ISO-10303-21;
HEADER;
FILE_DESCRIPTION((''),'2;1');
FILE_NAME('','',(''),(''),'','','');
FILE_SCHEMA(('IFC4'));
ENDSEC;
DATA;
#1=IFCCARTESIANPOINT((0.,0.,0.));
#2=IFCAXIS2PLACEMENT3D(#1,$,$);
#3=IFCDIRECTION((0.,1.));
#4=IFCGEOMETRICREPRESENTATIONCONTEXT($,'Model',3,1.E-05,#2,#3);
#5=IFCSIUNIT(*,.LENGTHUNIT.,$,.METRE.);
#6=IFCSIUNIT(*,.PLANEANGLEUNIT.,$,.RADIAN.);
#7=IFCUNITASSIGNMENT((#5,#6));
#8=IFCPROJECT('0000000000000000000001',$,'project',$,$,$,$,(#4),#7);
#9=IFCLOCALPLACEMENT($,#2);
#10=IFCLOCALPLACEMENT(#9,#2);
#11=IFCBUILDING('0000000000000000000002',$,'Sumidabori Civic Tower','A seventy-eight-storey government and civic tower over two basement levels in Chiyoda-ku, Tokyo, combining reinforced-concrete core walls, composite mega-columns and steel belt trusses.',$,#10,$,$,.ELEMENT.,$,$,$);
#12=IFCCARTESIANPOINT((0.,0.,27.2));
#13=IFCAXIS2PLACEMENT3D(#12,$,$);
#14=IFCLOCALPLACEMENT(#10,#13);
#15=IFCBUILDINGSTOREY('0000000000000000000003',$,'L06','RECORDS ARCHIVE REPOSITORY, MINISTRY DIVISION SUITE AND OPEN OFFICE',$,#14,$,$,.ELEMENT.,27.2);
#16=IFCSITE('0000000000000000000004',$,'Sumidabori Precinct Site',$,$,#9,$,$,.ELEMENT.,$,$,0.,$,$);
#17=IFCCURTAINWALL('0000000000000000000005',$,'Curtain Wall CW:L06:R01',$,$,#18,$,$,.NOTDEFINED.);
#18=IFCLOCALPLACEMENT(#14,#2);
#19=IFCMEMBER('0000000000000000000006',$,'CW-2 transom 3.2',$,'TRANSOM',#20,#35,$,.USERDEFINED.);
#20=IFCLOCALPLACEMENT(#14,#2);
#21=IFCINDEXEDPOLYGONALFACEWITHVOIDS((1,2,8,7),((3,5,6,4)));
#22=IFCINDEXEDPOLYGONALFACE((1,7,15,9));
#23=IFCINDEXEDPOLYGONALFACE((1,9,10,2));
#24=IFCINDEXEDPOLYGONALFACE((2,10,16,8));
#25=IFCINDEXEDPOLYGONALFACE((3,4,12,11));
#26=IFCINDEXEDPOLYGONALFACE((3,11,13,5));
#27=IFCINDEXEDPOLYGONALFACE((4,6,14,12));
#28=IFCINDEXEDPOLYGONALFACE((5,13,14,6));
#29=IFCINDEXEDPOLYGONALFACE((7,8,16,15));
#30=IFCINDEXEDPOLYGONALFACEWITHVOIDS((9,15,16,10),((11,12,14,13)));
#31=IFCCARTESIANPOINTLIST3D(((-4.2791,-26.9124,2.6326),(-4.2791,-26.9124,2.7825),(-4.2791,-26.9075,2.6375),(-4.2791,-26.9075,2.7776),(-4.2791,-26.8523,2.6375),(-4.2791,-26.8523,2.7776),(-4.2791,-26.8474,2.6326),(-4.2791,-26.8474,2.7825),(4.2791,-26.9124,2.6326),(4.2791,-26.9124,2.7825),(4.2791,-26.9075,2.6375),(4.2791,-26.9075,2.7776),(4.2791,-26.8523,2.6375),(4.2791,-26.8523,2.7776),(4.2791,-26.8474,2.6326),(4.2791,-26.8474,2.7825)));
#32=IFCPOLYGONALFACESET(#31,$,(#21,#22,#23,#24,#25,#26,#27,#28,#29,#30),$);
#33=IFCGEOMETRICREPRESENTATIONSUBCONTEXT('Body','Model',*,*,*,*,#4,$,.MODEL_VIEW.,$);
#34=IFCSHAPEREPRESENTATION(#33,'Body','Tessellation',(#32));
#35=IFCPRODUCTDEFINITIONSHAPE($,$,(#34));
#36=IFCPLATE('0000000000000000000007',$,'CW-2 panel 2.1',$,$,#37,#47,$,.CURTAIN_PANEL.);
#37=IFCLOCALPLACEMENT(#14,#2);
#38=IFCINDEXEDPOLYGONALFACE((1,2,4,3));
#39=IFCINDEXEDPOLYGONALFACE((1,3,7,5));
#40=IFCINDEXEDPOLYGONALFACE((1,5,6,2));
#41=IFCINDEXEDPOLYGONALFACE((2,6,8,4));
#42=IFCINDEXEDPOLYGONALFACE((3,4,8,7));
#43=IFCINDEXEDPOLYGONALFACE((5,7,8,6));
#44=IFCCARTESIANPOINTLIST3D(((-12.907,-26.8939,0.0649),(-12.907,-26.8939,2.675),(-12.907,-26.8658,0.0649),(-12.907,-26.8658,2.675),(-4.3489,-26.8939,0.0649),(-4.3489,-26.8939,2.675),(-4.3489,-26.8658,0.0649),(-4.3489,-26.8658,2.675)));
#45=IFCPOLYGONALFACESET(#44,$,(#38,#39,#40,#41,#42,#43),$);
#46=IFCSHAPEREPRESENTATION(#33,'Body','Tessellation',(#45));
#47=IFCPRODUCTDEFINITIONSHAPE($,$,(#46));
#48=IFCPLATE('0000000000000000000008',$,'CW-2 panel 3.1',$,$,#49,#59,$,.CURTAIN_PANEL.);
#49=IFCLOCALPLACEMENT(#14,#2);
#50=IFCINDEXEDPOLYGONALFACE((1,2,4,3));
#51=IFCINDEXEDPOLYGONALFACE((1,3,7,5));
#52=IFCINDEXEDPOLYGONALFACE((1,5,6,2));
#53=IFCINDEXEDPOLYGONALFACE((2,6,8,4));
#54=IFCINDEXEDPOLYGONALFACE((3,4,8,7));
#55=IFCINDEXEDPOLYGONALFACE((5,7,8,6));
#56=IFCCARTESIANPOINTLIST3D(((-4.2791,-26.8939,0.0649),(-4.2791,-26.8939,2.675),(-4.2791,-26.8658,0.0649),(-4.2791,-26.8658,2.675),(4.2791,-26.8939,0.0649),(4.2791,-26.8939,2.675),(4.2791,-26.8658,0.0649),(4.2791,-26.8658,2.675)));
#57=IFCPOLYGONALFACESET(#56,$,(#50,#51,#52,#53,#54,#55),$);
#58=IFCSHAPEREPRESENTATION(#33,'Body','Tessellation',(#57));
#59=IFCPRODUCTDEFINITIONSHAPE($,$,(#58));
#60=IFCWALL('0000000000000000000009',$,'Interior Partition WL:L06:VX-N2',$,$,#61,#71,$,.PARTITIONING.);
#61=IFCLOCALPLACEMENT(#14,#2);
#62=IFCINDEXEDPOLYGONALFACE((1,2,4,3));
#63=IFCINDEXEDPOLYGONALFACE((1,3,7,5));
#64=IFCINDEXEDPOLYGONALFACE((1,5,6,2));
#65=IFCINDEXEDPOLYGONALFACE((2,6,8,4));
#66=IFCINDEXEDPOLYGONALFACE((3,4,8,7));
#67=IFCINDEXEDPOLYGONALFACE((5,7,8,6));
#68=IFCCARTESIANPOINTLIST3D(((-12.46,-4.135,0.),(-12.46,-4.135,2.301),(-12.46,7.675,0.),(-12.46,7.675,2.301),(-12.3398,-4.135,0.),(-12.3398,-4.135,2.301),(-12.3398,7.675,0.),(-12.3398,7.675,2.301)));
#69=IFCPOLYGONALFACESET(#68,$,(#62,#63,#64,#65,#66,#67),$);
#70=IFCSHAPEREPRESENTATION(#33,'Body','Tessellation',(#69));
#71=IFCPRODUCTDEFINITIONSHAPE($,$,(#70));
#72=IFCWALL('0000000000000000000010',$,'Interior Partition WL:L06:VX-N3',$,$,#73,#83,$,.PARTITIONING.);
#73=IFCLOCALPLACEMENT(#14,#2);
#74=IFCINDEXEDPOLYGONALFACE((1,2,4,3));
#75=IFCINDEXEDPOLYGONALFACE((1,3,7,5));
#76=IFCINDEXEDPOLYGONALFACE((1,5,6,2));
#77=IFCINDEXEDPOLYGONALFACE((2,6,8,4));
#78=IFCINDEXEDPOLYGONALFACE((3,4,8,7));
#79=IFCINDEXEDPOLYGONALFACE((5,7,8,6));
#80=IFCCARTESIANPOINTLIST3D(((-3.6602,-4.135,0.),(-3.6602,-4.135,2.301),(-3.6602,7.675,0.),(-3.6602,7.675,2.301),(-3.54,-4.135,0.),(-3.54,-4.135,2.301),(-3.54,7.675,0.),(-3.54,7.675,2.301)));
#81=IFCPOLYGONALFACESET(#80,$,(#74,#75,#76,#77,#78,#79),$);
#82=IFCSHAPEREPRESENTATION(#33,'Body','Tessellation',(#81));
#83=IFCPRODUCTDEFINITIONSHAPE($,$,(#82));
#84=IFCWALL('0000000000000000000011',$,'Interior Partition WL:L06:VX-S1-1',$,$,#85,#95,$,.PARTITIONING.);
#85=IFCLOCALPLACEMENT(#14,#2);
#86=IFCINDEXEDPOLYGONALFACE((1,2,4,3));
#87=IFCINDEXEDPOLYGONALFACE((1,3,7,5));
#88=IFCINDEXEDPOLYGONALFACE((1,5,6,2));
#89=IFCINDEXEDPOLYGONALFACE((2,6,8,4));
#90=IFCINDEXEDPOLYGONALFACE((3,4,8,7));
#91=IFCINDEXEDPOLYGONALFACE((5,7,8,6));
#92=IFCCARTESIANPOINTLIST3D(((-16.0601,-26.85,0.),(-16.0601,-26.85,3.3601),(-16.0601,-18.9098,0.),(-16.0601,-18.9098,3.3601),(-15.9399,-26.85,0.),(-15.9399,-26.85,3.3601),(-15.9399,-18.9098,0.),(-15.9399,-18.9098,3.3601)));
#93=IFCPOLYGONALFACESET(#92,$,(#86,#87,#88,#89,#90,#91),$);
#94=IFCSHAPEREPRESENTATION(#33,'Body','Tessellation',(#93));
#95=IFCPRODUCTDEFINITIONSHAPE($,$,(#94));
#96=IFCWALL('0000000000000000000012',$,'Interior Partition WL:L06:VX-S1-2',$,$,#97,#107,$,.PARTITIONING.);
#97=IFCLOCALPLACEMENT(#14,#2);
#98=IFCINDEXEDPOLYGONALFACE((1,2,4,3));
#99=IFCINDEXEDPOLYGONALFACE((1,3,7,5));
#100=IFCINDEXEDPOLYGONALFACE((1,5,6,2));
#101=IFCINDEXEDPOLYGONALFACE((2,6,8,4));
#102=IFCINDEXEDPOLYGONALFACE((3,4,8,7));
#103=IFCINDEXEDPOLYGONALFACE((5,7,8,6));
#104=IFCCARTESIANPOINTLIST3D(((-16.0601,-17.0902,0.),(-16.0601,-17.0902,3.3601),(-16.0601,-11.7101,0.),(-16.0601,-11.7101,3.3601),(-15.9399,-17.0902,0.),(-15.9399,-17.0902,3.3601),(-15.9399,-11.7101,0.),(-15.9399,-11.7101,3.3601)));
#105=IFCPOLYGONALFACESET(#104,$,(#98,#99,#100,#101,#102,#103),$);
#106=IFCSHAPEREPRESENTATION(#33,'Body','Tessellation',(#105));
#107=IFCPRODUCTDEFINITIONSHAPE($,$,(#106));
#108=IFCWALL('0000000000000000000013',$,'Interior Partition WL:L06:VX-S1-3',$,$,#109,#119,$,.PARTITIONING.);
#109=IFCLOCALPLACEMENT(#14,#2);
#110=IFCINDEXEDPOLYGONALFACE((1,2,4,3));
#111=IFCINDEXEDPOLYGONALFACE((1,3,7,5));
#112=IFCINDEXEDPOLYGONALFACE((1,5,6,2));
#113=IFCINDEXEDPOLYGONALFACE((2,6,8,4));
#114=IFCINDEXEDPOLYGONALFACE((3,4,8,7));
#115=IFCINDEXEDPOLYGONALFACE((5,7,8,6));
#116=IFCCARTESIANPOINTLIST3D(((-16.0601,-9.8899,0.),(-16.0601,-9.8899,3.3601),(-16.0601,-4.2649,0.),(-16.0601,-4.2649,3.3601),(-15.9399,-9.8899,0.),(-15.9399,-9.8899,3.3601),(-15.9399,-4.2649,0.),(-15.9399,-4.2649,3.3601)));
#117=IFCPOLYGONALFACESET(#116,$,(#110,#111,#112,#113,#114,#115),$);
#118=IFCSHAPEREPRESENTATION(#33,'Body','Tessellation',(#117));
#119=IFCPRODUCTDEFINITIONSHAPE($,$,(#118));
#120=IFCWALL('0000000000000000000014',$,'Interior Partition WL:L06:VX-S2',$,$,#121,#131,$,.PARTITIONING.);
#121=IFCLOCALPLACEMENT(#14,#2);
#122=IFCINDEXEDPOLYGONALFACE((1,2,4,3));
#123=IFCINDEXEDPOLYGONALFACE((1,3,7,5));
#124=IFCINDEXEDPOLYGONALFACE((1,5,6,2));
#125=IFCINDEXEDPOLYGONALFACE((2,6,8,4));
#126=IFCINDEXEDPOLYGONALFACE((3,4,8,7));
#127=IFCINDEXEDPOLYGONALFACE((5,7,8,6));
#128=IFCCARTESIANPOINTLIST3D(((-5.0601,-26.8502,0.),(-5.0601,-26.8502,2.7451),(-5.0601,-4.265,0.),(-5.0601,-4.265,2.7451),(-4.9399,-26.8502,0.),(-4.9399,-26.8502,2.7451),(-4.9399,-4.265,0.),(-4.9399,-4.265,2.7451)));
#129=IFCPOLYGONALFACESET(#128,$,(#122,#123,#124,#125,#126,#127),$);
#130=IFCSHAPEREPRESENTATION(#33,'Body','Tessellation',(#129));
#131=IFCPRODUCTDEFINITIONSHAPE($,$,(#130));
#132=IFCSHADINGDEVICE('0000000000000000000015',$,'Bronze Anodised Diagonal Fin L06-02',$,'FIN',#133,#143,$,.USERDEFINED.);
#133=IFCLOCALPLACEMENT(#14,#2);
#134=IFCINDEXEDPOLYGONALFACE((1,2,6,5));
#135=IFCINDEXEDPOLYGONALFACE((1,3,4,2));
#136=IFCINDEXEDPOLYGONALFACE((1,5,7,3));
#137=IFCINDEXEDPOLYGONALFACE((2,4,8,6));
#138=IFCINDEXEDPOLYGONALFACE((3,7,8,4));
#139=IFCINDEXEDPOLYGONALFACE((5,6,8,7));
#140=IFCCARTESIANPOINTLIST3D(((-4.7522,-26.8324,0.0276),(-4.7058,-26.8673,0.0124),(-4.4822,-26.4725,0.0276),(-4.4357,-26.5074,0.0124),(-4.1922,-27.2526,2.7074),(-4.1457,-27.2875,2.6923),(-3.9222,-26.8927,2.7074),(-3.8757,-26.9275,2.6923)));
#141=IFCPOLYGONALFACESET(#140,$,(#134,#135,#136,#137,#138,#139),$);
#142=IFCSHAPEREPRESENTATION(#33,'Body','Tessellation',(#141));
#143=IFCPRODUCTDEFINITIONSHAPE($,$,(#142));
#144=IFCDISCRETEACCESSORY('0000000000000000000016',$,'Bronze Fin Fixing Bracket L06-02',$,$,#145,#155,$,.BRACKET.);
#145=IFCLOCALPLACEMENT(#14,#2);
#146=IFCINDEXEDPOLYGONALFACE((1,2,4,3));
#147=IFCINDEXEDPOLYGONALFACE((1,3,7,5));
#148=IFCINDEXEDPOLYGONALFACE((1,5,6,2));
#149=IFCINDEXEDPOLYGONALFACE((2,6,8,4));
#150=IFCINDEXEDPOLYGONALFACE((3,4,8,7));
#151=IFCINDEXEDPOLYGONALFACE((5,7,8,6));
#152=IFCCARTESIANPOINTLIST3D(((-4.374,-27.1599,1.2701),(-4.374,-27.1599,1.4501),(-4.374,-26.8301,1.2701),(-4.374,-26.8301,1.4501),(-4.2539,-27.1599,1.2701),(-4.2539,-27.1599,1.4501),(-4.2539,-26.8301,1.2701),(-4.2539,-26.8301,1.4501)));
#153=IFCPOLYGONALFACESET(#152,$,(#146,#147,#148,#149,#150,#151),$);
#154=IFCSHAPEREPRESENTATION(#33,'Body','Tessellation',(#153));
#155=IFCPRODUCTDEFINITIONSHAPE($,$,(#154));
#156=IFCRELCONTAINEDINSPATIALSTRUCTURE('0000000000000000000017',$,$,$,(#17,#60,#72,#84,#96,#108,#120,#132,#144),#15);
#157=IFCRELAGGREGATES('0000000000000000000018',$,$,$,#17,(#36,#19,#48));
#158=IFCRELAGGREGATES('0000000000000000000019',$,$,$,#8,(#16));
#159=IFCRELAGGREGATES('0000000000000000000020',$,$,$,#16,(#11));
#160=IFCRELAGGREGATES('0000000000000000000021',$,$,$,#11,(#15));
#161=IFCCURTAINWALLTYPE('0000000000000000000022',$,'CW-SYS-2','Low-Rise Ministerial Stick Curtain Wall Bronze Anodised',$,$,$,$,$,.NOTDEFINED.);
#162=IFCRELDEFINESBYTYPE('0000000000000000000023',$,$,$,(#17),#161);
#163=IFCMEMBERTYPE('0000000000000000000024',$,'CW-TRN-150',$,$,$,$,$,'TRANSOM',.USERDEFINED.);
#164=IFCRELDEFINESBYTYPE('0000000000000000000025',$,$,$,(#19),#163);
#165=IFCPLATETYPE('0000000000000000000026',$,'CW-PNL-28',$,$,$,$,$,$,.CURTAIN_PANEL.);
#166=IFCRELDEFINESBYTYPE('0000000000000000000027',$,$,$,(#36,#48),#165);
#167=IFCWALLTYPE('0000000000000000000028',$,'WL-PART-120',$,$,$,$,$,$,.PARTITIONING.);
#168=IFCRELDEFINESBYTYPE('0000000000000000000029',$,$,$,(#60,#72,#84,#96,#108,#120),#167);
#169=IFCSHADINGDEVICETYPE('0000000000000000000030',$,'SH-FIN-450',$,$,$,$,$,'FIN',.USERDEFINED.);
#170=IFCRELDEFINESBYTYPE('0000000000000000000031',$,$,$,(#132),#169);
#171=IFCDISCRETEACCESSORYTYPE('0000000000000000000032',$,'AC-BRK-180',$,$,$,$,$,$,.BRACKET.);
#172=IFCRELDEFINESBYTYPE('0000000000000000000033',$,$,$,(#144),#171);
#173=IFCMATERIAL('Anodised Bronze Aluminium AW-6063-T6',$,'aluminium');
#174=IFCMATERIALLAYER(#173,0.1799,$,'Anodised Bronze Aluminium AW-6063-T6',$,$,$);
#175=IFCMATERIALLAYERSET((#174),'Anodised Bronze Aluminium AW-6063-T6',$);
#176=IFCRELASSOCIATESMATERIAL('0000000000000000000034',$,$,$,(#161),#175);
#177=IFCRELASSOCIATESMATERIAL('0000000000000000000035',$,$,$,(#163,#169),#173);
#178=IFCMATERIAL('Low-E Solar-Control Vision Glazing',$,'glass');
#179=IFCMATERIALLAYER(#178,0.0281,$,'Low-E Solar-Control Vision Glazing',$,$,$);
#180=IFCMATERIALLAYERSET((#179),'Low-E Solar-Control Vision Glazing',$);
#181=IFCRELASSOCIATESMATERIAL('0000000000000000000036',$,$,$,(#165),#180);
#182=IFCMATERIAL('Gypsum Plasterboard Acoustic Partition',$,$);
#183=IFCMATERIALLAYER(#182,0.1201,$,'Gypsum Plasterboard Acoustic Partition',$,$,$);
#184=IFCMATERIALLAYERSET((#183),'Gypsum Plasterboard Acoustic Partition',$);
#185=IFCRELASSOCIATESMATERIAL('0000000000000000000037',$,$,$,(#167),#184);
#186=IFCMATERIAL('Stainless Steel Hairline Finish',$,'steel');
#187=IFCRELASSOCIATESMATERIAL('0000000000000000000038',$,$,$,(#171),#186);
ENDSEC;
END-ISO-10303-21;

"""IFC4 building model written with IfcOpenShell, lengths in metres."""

from ifc_helpers import new_model, si_unit, direction, frame, frame_2d, origin, origin_2d, place, context, subcontext, project, spatial, rectangle, hollow_rectangle, extrude, source, transform, mapped, material, layer, layer_set, material_profile, profile_set, type_object, element, aggregate, save


model = new_model("IFC4")

# Units and contexts
model_context = context("Model", 3, precision=1e-05, world=origin(), true_north=direction((0.0, 1.0)))
body_context = subcontext(model_context, "Body", "Model", "MODEL_VIEW")
ifc_project = project(units=[si_unit("LENGTHUNIT", "METRE"), si_unit("PLANEANGLEUNIT", "RADIAN")], contexts=[model_context])

# Site, building, storey
site_placement = place(None, origin())
site = spatial("IfcSite", under=ifc_project, at=site_placement, Name="Sumidabori Precinct Site", CompositionType="ELEMENT", RefElevation=0.0)
building_placement = place(site_placement, origin())
building = spatial("IfcBuilding", under=site, at=building_placement, Name="Sumidabori Civic Tower", Description="A seventy-eight-storey government and civic tower over two basement levels in Chiyoda-ku, Tokyo, combining reinforced-concrete core walls, composite mega-columns and steel belt trusses.", CompositionType="ELEMENT")
storey_placement = place(building_placement, frame((0.0, 0.0, 27.2)))
storey = spatial("IfcBuildingStorey", under=building, at=storey_placement, Name="L06", Description="RECORDS ARCHIVE REPOSITORY, MINISTRY DIVISION SUITE AND OPEN OFFICE", CompositionType="ELEMENT", Elevation=27.2)

# Curtain wall, member, plates
ifc_material_1 = material(Name="Anodised Bronze Aluminium AW-6063-T6", Category="aluminium")
ifc_layer_1 = layer(ifc_material_1, 0.1799, Name="Anodised Bronze Aluminium AW-6063-T6")
ifc_layer_set_1 = layer_set([ifc_layer_1], Name="Anodised Bronze Aluminium AW-6063-T6")
curtain_wall_type = type_object("IfcCurtainWallType", Name="CW-SYS-2", Description="Low-Rise Ministerial Stick Curtain Wall Bronze Anodised", PredefinedType="NOTDEFINED", material=ifc_layer_set_1)
curtain_wall_placement = place(storey_placement, origin())
curtain_wall = element("IfcCurtainWall", 1, at=curtain_wall_placement, inside=storey, type_object=curtain_wall_type, Name="Curtain Wall CW:L06:R01", PredefinedType="NOTDEFINED")
ifc_material_profile_1 = material_profile(ifc_material_1, hollow_rectangle(XDim=0.0649, YDim=0.1499, WallThickness=0.0049, at=origin_2d()), Name="ALU TRANSOM 150x65")
ifc_profile_set_1 = profile_set([ifc_material_profile_1], Name="Anodised Bronze Aluminium AW-6063-T6")
member_type_1 = type_object("IfcMemberType", Name="CW-TRN-150", ElementType="TRANSOM", PredefinedType="USERDEFINED", material=ifc_profile_set_1)
shared_shape_1 = source(origin(), body_context, "Body", "SweptSolid", [
    extrude(hollow_rectangle(XDim=0.0649, YDim=0.1499, WallThickness=0.0049, at=origin_2d()), origin(), (0.0, 0.0, 1.0), 8.5581),
])
member_1_placement = place(storey_placement, frame((-4.2791, -26.8799, 2.7075), z_axis=(1.0, 0.0, 0.0), x_axis=(0.0, 1.0, 0.0)))
member_1 = element("IfcMember", 2, at=member_1_placement, type_object=member_type_1, Name="CW-2 transom 3.2", ObjectType="TRANSOM", PredefinedType="USERDEFINED", context=body_context, shape_type="MappedRepresentation", body=[
    mapped(shared_shape_1, transform((0.0, 0.0, 0.0), x_axis=(1.0, 0.0, 0.0), y_axis=(0.0, 1.0, 0.0), z_axis=(0.0, 0.0, 1.0), scale=1.0)),
])
ifc_material_2 = material(Name="Low-E Solar-Control Vision Glazing", Category="glass")
ifc_layer_2 = layer(ifc_material_2, 0.0281, Name="Low-E Solar-Control Vision Glazing")
ifc_layer_set_2 = layer_set([ifc_layer_2], Name="Low-E Solar-Control Vision Glazing")
plate_type = type_object("IfcPlateType", Name="CW-PNL-28", PredefinedType="CURTAIN_PANEL", material=ifc_layer_set_2)
shared_shape_2 = source(origin(), body_context, "Body", "SweptSolid", [
    extrude(rectangle(XDim=8.5581, YDim=0.0281, at=origin_2d()), origin(), (0.0, 0.0, 1.0), 2.6101),
])
plate_1_placement = place(storey_placement, frame((-8.6279, -26.8799, 0.0649), z_axis=(0.0, 0.0, 1.0), x_axis=(1.0, 0.0, 0.0)))
plate_1 = element("IfcPlate", 3, at=plate_1_placement, type_object=plate_type, Name="CW-2 panel 2.1", PredefinedType="CURTAIN_PANEL", context=body_context, shape_type="MappedRepresentation", body=[
    mapped(shared_shape_2, transform((0.0, 0.0, 0.0), x_axis=(1.0, 0.0, 0.0), y_axis=(0.0, 1.0, 0.0), z_axis=(0.0, 0.0, 1.0), scale=1.0)),
])
plate_2_placement = place(storey_placement, frame((0.0, -26.8799, 0.0649), z_axis=(0.0, 0.0, 1.0), x_axis=(1.0, 0.0, 0.0)))
plate_2 = element("IfcPlate", 4, at=plate_2_placement, type_object=plate_type, Name="CW-2 panel 3.1", PredefinedType="CURTAIN_PANEL", context=body_context, shape_type="MappedRepresentation", body=[
    mapped(shared_shape_2, transform((0.0, 0.0, 0.0), x_axis=(1.0, 0.0, 0.0), y_axis=(0.0, 1.0, 0.0), z_axis=(0.0, 0.0, 1.0), scale=1.0)),
])
aggregate(curtain_wall, [plate_1, member_1, plate_2])

# Walls
ifc_material_3 = material(Name="Gypsum Plasterboard Acoustic Partition")
ifc_layer_3 = layer(ifc_material_3, 0.1201, Name="Gypsum Plasterboard Acoustic Partition")
ifc_layer_set_3 = layer_set([ifc_layer_3], Name="Gypsum Plasterboard Acoustic Partition")
wall_type = type_object("IfcWallType", Name="WL-PART-120", PredefinedType="PARTITIONING", material=ifc_layer_set_3)
shared_shape_3 = source(origin(), body_context, "Body", "SweptSolid", [
    extrude(rectangle(XDim=11.8101, YDim=0.1201, at=frame_2d((5.905, 0.0))), origin(), (0.0, 0.0, 1.0), 2.301),
])
for number, where, z_axis, x_axis, name in (
    (5, (-12.3999, -4.135, 0.0), (0.0, 0.0, 1.0), (0.0, 1.0, 0.0), "Interior Partition WL:L06:VX-N2"),
    (6, (-3.6001, -4.135, 0.0), (0.0, 0.0, 1.0), (0.0, 1.0, 0.0), "Interior Partition WL:L06:VX-N3"),
):
    element("IfcWall", number, at=place(storey_placement, frame(where, z_axis=z_axis, x_axis=x_axis)), inside=storey, type_object=wall_type, Name=name, PredefinedType="PARTITIONING", context=body_context, shape_type="MappedRepresentation", body=[
        mapped(shared_shape_3, transform((0.0, 0.0, 0.0), x_axis=(1.0, 0.0, 0.0), y_axis=(0.0, 1.0, 0.0), z_axis=(0.0, 0.0, 1.0), scale=1.0)),
    ])
shared_shape_4 = source(origin(), body_context, "Body", "SweptSolid", [
    extrude(rectangle(XDim=7.9402, YDim=0.1201, at=frame_2d((3.9702, 0.0))), origin(), (0.0, 0.0, 1.0), 3.3601),
])
wall_1_placement = place(storey_placement, frame((-16.0, -26.8501, 0.0), z_axis=(0.0, 0.0, 1.0), x_axis=(0.0, 1.0, 0.0)))
element("IfcWall", 7, at=wall_1_placement, inside=storey, type_object=wall_type, Name="Interior Partition WL:L06:VX-S1-1", PredefinedType="PARTITIONING", context=body_context, shape_type="MappedRepresentation", body=[
    mapped(shared_shape_4, transform((0.0, 0.0, 0.0), x_axis=(1.0, 0.0, 0.0), y_axis=(0.0, 1.0, 0.0), z_axis=(0.0, 0.0, 1.0), scale=1.0)),
])
shared_shape_5 = source(origin(), body_context, "Body", "SweptSolid", [
    extrude(rectangle(XDim=5.3801, YDim=0.1201, at=frame_2d((2.6899, 0.0))), origin(), (0.0, 0.0, 1.0), 3.3601),
])
wall_2_placement = place(storey_placement, frame((-16.0, -17.0901, 0.0), z_axis=(0.0, 0.0, 1.0), x_axis=(0.0, 1.0, 0.0)))
element("IfcWall", 8, at=wall_2_placement, inside=storey, type_object=wall_type, Name="Interior Partition WL:L06:VX-S1-2", PredefinedType="PARTITIONING", context=body_context, shape_type="MappedRepresentation", body=[
    mapped(shared_shape_5, transform((0.0, 0.0, 0.0), x_axis=(1.0, 0.0, 0.0), y_axis=(0.0, 1.0, 0.0), z_axis=(0.0, 0.0, 1.0), scale=1.0)),
])
shared_shape_6 = source(origin(), body_context, "Body", "SweptSolid", [
    extrude(rectangle(XDim=5.625, YDim=0.1201, at=frame_2d((2.8125, 0.0))), origin(), (0.0, 0.0, 1.0), 3.3601),
])
wall_3_placement = place(storey_placement, frame((-16.0, -9.8899, 0.0), z_axis=(0.0, 0.0, 1.0), x_axis=(0.0, 1.0, 0.0)))
element("IfcWall", 9, at=wall_3_placement, inside=storey, type_object=wall_type, Name="Interior Partition WL:L06:VX-S1-3", PredefinedType="PARTITIONING", context=body_context, shape_type="MappedRepresentation", body=[
    mapped(shared_shape_6, transform((0.0, 0.0, 0.0), x_axis=(1.0, 0.0, 0.0), y_axis=(0.0, 1.0, 0.0), z_axis=(0.0, 0.0, 1.0), scale=1.0)),
])
shared_shape_7 = source(origin(), body_context, "Body", "SweptSolid", [
    extrude(rectangle(XDim=22.5852, YDim=0.1201, at=frame_2d((11.2925, 0.0))), origin(), (0.0, 0.0, 1.0), 2.7451),
])
wall_4_placement = place(storey_placement, frame((-5.0, -26.8501, 0.0), z_axis=(0.0, 0.0, 1.0), x_axis=(0.0, 1.0, 0.0)))
element("IfcWall", 10, at=wall_4_placement, inside=storey, type_object=wall_type, Name="Interior Partition WL:L06:VX-S2", PredefinedType="PARTITIONING", context=body_context, shape_type="MappedRepresentation", body=[
    mapped(shared_shape_7, transform((0.0, 0.0, 0.0), x_axis=(1.0, 0.0, 0.0), y_axis=(0.0, 1.0, 0.0), z_axis=(0.0, 0.0, 1.0), scale=1.0)),
])

# Shading device
ifc_material_profile_2 = material_profile(ifc_material_1, rectangle(XDim=0.0601, YDim=0.45, at=origin_2d()), Name="BRONZE FIN 450x60")
ifc_profile_set_2 = profile_set([ifc_material_profile_2], Name="Anodised Bronze Aluminium AW-6063-T6")
shading_device_type = type_object("IfcShadingDeviceType", Name="SH-FIN-450", ElementType="FIN", PredefinedType="USERDEFINED", material=ifc_profile_set_2)
shared_shape_8 = source(origin(), body_context, "Body", "SweptSolid", [
    extrude(rectangle(XDim=0.0601, YDim=0.45, at=origin_2d()), origin(), (0.0, 0.0, 1.0), 2.7698),
])
shading_device_placement = place(storey_placement, frame((-4.594, -26.6699, 0.02), z_axis=(0.202196, -0.151691, 0.967526), x_axis=(0.77394, -0.580624, -0.252771)))
element("IfcShadingDevice", 11, at=shading_device_placement, inside=storey, type_object=shading_device_type, Name="Bronze Anodised Diagonal Fin L06-02", ObjectType="FIN", PredefinedType="USERDEFINED", context=body_context, shape_type="MappedRepresentation", body=[
    mapped(shared_shape_8, transform((0.0, 0.0, 0.0), x_axis=(1.0, 0.0, 0.0), y_axis=(0.0, 1.0, 0.0), z_axis=(0.0, 0.0, 1.0), scale=1.0)),
])

# Discrete accessory
ifc_material_4 = material(Name="Stainless Steel Hairline Finish", Category="steel")
ifc_material_profile_3 = material_profile(ifc_material_4, rectangle(XDim=0.1201, YDim=0.1799, at=origin_2d()), Name="STEEL BRACKET 180x120")
ifc_profile_set_3 = profile_set([ifc_material_profile_3], Name="Stainless Steel Hairline Finish")
discrete_accessory_type = type_object("IfcDiscreteAccessoryType", Name="AC-BRK-180", PredefinedType="BRACKET", material=ifc_profile_set_3)
shared_shape_9 = source(origin(), body_context, "Body", "SweptSolid", [
    extrude(rectangle(XDim=0.1201, YDim=0.1799, at=origin_2d()), origin(), (0.0, 0.0, 1.0), 0.3298),
])
discrete_accessory_placement = place(storey_placement, frame((-4.314, -26.8301, 1.3601), z_axis=(0.0, -1.0, 0.0), x_axis=(1.0, 0.0, 0.0)))
element("IfcDiscreteAccessory", 12, at=discrete_accessory_placement, inside=storey, type_object=discrete_accessory_type, Name="Bronze Fin Fixing Bracket L06-02", PredefinedType="BRACKET", context=body_context, shape_type="MappedRepresentation", body=[
    mapped(shared_shape_9, transform((0.0, 0.0, 0.0), x_axis=(1.0, 0.0, 0.0), y_axis=(0.0, 1.0, 0.0), z_axis=(0.0, 0.0, 1.0), scale=1.0)),
])

save(model, "model.ifc")
